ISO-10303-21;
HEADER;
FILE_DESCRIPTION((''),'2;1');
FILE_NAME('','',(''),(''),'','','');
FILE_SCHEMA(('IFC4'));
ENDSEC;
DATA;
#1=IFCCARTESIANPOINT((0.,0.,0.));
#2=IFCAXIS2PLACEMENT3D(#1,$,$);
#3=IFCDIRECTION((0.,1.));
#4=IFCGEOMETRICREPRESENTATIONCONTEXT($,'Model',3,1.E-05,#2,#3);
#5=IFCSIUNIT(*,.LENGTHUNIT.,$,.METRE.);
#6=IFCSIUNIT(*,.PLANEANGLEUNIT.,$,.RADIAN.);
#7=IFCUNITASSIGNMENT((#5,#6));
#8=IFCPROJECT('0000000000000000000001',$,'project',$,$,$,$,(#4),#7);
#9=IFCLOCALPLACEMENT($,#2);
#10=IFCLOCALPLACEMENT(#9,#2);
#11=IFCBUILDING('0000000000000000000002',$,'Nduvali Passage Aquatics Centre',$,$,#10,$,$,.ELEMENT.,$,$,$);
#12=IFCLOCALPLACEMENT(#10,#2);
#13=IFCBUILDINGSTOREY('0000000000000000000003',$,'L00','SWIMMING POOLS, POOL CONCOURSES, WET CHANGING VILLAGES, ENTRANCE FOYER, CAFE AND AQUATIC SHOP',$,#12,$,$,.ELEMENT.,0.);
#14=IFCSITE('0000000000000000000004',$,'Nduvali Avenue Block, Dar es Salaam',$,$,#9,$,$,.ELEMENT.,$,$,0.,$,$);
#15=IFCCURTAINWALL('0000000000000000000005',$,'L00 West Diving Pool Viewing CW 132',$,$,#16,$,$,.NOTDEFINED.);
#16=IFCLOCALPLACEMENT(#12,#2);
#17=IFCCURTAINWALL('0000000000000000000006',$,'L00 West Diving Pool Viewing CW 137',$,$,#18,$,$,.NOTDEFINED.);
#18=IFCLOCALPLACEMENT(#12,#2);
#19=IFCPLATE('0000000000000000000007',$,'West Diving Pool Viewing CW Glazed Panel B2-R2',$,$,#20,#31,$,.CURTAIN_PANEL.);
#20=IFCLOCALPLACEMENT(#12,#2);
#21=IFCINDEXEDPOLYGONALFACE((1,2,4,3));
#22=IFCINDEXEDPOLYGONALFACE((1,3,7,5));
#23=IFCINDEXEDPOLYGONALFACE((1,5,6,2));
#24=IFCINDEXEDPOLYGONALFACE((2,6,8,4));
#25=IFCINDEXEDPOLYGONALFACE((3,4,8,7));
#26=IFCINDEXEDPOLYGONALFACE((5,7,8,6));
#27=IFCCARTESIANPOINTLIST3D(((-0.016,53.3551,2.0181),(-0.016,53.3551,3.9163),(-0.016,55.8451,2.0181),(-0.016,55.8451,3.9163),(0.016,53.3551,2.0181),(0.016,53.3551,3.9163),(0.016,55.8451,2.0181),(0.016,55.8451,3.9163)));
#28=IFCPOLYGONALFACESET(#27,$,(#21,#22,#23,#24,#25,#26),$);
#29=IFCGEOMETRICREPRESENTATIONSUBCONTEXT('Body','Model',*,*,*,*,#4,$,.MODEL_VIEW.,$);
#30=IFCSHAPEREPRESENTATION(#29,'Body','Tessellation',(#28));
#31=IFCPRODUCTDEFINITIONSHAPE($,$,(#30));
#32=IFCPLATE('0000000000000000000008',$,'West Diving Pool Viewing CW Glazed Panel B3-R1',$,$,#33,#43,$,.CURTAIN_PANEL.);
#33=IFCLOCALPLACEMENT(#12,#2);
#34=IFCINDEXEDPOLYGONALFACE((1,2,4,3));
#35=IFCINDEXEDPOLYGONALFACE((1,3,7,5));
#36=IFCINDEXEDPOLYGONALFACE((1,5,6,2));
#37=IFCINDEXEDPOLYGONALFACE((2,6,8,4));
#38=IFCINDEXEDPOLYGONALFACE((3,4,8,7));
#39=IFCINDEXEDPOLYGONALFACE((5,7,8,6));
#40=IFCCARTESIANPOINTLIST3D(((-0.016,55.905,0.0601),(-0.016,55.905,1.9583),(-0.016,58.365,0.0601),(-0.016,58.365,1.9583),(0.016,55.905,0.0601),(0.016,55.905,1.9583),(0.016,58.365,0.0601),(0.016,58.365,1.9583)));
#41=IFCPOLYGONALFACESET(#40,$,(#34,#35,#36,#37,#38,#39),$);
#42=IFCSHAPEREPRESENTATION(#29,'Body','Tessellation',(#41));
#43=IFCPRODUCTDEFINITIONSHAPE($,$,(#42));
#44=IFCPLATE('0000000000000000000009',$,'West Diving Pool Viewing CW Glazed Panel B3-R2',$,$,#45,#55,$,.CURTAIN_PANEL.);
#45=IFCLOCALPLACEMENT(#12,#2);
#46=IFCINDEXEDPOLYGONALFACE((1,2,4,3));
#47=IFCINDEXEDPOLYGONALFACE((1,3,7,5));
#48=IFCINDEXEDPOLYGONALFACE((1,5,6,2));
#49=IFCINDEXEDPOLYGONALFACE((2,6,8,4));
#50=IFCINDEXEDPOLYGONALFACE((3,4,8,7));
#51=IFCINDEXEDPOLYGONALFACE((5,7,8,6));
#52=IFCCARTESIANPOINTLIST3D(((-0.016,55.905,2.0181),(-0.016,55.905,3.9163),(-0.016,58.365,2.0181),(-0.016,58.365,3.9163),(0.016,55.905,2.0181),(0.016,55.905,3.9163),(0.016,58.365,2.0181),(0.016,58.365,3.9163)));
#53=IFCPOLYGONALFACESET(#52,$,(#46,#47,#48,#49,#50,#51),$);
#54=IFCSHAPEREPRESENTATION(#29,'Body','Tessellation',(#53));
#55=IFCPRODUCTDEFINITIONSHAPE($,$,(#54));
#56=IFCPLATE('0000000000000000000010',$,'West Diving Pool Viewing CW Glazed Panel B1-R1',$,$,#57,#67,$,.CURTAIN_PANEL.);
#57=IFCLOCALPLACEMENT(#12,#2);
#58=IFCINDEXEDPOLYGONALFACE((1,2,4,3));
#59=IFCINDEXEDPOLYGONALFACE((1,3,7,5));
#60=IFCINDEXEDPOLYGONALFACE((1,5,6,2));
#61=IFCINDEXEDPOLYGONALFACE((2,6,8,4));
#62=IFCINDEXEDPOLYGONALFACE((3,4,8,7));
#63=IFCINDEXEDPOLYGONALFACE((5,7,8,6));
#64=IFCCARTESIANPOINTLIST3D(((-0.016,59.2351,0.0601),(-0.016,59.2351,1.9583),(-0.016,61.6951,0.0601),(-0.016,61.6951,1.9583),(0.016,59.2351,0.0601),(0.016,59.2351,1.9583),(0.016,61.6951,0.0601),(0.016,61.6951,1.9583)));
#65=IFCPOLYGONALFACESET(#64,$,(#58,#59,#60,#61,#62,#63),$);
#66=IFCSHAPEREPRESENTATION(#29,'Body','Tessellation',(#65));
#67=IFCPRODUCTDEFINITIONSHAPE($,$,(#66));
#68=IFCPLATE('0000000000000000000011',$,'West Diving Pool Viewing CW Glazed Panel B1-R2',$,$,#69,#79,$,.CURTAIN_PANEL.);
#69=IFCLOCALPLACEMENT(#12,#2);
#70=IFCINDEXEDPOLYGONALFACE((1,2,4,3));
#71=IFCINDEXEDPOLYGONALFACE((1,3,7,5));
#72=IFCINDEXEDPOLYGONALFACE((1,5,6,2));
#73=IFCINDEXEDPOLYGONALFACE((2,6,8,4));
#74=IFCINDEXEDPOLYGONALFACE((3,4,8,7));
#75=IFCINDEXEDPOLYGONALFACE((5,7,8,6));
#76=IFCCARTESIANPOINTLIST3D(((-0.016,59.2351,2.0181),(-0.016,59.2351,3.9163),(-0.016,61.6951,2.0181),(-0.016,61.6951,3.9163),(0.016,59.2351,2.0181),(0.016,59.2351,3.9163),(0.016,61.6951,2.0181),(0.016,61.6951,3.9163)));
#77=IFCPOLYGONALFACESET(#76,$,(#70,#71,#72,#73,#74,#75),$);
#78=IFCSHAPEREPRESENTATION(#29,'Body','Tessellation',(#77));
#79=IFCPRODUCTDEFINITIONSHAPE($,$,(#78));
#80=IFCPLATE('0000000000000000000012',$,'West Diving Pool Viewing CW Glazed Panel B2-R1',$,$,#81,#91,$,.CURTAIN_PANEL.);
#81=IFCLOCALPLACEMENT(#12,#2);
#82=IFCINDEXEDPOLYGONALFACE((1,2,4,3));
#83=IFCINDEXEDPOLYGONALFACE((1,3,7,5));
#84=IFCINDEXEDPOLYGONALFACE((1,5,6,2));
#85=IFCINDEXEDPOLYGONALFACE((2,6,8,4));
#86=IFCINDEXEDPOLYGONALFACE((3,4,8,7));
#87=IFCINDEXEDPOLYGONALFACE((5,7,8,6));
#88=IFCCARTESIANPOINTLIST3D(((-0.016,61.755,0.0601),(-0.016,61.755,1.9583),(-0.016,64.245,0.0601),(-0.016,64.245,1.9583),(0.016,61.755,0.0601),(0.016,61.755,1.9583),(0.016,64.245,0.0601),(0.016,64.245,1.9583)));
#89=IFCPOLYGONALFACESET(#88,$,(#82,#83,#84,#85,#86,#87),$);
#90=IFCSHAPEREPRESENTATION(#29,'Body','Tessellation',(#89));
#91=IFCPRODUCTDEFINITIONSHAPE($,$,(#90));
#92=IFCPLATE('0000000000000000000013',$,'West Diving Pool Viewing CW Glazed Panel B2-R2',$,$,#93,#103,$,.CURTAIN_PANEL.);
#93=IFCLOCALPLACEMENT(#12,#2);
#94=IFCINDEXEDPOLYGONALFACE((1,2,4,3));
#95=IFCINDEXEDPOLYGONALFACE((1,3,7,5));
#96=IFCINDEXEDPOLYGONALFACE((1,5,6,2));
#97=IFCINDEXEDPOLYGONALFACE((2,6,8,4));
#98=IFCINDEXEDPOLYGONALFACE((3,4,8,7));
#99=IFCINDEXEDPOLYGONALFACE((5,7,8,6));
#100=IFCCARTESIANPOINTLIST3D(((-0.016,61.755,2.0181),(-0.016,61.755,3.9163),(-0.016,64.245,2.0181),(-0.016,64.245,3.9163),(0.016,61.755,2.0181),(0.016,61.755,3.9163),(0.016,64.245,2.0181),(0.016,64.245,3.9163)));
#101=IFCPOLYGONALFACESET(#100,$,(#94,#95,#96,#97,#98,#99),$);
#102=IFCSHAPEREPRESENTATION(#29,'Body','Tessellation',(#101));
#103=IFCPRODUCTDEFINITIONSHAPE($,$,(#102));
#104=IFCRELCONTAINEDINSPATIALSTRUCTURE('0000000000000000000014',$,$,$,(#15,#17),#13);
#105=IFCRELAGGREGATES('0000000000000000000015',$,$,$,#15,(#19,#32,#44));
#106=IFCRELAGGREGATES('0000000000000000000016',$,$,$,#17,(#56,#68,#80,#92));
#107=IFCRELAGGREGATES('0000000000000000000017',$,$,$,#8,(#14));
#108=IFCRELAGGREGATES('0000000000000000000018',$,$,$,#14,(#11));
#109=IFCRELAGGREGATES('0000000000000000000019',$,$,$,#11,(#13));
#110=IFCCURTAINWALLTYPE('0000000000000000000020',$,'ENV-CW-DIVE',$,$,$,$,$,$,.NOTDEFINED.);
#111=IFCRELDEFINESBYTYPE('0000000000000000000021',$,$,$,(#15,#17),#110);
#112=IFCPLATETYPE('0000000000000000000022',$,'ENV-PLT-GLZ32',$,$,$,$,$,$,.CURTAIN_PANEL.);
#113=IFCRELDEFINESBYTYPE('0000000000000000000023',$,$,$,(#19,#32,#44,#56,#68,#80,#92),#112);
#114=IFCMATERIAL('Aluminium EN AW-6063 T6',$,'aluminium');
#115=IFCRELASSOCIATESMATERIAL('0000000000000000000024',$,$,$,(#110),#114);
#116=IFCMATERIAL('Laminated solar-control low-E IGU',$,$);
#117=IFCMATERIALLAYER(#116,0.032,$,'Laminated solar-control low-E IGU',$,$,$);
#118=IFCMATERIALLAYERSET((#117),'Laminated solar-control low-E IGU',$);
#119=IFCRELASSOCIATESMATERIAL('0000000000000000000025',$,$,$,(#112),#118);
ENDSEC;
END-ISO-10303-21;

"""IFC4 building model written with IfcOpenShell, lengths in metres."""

from ifc_helpers import new_model, si_unit, direction, frame, origin, origin_2d, place, context, subcontext, project, spatial, rectangle, extrude, material, layer, layer_set, type_object, element, aggregate, save


model = new_model("IFC4")

# Units and contexts
model_context = context("Model", 3, precision=1e-05, world=origin(), true_north=direction((0.0, 1.0)))
body_context = subcontext(model_context, "Body", "Model", "MODEL_VIEW")
ifc_project = project(units=[si_unit("LENGTHUNIT", "METRE"), si_unit("PLANEANGLEUNIT", "RADIAN")], contexts=[model_context])

# Site, building, storey
site_placement = place(None, origin())
site = spatial("IfcSite", under=ifc_project, at=site_placement, Name="Nduvali Avenue Block, Dar es Salaam", CompositionType="ELEMENT", RefElevation=0.0)
building_placement = place(site_placement, origin())
building = spatial("IfcBuilding", under=site, at=building_placement, Name="Nduvali Passage Aquatics Centre", CompositionType="ELEMENT")
storey_placement = place(building_placement, origin())
storey = spatial("IfcBuildingStorey", under=building, at=storey_placement, Name="L00", Description="SWIMMING POOLS, POOL CONCOURSES, WET CHANGING VILLAGES, ENTRANCE FOYER, CAFE AND AQUATIC SHOP", CompositionType="ELEMENT", Elevation=0.0)

# Curtain walls
ifc_material_1 = material(Name="Aluminium EN AW-6063 T6", Category="aluminium")
curtain_wall_type = type_object("IfcCurtainWallType", Name="ENV-CW-DIVE", PredefinedType="NOTDEFINED", material=ifc_material_1)
curtain_wall_1_placement = place(storey_placement, origin())
curtain_wall_1 = element("IfcCurtainWall", 1, at=curtain_wall_1_placement, inside=storey, type_object=curtain_wall_type, Name="L00 West Diving Pool Viewing CW 132", PredefinedType="NOTDEFINED")
curtain_wall_2_placement = place(storey_placement, origin())
curtain_wall_2 = element("IfcCurtainWall", 2, at=curtain_wall_2_placement, inside=storey, type_object=curtain_wall_type, Name="L00 West Diving Pool Viewing CW 137", PredefinedType="NOTDEFINED")

# Plates
ifc_material_2 = material(Name="Laminated solar-control low-E IGU")
ifc_layer = layer(ifc_material_2, 0.032, Name="Laminated solar-control low-E IGU")
ifc_layer_set = layer_set([ifc_layer], Name="Laminated solar-control low-E IGU")
plate_type = type_object("IfcPlateType", Name="ENV-PLT-GLZ32", PredefinedType="CURTAIN_PANEL", material=ifc_layer_set)
plate_1_placement = place(storey_placement, frame((0.0, 54.6001, 2.0181), z_axis=(0.0, 0.0, 1.0), x_axis=(0.0, 1.0, 0.0)))
plate_1 = element("IfcPlate", 3, at=plate_1_placement, type_object=plate_type, Name="West Diving Pool Viewing CW Glazed Panel B2-R2", PredefinedType="CURTAIN_PANEL", context=body_context, shape_type="SweptSolid", body=[
    extrude(rectangle(XDim=2.49, YDim=0.032, at=origin_2d()), origin(), (0.0, 0.0, 1.0), 1.8982),
])
plate_2_placement = place(storey_placement, frame((0.0, 57.135, 0.0601), z_axis=(0.0, 0.0, 1.0), x_axis=(0.0, 1.0, 0.0)))
plate_2 = element("IfcPlate", 4, at=plate_2_placement, type_object=plate_type, Name="West Diving Pool Viewing CW Glazed Panel B3-R1", PredefinedType="CURTAIN_PANEL", context=body_context, shape_type="SweptSolid", body=[
    extrude(rectangle(XDim=2.46, YDim=0.032, at=origin_2d()), origin(), (0.0, 0.0, 1.0), 1.8982),
])
plate_3_placement = place(storey_placement, frame((0.0, 57.135, 2.0181), z_axis=(0.0, 0.0, 1.0), x_axis=(0.0, 1.0, 0.0)))
plate_3 = element("IfcPlate", 5, at=plate_3_placement, type_object=plate_type, Name="West Diving Pool Viewing CW Glazed Panel B3-R2", PredefinedType="CURTAIN_PANEL", context=body_context, shape_type="SweptSolid", body=[
    extrude(rectangle(XDim=2.46, YDim=0.032, at=origin_2d()), origin(), (0.0, 0.0, 1.0), 1.8982),
])
aggregate(curtain_wall_1, [plate_1, plate_2, plate_3])
plate_4_placement = place(storey_placement, frame((0.0, 60.4651, 0.0601), z_axis=(0.0, 0.0, 1.0), x_axis=(0.0, 1.0, 0.0)))
plate_4 = element("IfcPlate", 6, at=plate_4_placement, type_object=plate_type, Name="West Diving Pool Viewing CW Glazed Panel B1-R1", PredefinedType="CURTAIN_PANEL", context=body_context, shape_type="SweptSolid", body=[
    extrude(rectangle(XDim=2.46, YDim=0.032, at=origin_2d()), origin(), (0.0, 0.0, 1.0), 1.8982),
])
plate_5_placement = place(storey_placement, frame((0.0, 60.4651, 2.0181), z_axis=(0.0, 0.0, 1.0), x_axis=(0.0, 1.0, 0.0)))
plate_5 = element("IfcPlate", 7, at=plate_5_placement, type_object=plate_type, Name="West Diving Pool Viewing CW Glazed Panel B1-R2", PredefinedType="CURTAIN_PANEL", context=body_context, shape_type="SweptSolid", body=[
    extrude(rectangle(XDim=2.46, YDim=0.032, at=origin_2d()), origin(), (0.0, 0.0, 1.0), 1.8982),
])
plate_6_placement = place(storey_placement, frame((0.0, 63.0, 0.0601), z_axis=(0.0, 0.0, 1.0), x_axis=(0.0, 1.0, 0.0)))
plate_6 = element("IfcPlate", 8, at=plate_6_placement, type_object=plate_type, Name="West Diving Pool Viewing CW Glazed Panel B2-R1", PredefinedType="CURTAIN_PANEL", context=body_context, shape_type="SweptSolid", body=[
    extrude(rectangle(XDim=2.49, YDim=0.032, at=origin_2d()), origin(), (0.0, 0.0, 1.0), 1.8982),
])
plate_7_placement = place(storey_placement, frame((0.0, 63.0, 2.0181), z_axis=(0.0, 0.0, 1.0), x_axis=(0.0, 1.0, 0.0)))
plate_7 = element("IfcPlate", 9, at=plate_7_placement, type_object=plate_type, Name="West Diving Pool Viewing CW Glazed Panel B2-R2", PredefinedType="CURTAIN_PANEL", context=body_context, shape_type="SweptSolid", body=[
    extrude(rectangle(XDim=2.49, YDim=0.032, at=origin_2d()), origin(), (0.0, 0.0, 1.0), 1.8982),
])
aggregate(curtain_wall_2, [plate_4, plate_5, plate_6, plate_7])

save(model, "model.ifc")
